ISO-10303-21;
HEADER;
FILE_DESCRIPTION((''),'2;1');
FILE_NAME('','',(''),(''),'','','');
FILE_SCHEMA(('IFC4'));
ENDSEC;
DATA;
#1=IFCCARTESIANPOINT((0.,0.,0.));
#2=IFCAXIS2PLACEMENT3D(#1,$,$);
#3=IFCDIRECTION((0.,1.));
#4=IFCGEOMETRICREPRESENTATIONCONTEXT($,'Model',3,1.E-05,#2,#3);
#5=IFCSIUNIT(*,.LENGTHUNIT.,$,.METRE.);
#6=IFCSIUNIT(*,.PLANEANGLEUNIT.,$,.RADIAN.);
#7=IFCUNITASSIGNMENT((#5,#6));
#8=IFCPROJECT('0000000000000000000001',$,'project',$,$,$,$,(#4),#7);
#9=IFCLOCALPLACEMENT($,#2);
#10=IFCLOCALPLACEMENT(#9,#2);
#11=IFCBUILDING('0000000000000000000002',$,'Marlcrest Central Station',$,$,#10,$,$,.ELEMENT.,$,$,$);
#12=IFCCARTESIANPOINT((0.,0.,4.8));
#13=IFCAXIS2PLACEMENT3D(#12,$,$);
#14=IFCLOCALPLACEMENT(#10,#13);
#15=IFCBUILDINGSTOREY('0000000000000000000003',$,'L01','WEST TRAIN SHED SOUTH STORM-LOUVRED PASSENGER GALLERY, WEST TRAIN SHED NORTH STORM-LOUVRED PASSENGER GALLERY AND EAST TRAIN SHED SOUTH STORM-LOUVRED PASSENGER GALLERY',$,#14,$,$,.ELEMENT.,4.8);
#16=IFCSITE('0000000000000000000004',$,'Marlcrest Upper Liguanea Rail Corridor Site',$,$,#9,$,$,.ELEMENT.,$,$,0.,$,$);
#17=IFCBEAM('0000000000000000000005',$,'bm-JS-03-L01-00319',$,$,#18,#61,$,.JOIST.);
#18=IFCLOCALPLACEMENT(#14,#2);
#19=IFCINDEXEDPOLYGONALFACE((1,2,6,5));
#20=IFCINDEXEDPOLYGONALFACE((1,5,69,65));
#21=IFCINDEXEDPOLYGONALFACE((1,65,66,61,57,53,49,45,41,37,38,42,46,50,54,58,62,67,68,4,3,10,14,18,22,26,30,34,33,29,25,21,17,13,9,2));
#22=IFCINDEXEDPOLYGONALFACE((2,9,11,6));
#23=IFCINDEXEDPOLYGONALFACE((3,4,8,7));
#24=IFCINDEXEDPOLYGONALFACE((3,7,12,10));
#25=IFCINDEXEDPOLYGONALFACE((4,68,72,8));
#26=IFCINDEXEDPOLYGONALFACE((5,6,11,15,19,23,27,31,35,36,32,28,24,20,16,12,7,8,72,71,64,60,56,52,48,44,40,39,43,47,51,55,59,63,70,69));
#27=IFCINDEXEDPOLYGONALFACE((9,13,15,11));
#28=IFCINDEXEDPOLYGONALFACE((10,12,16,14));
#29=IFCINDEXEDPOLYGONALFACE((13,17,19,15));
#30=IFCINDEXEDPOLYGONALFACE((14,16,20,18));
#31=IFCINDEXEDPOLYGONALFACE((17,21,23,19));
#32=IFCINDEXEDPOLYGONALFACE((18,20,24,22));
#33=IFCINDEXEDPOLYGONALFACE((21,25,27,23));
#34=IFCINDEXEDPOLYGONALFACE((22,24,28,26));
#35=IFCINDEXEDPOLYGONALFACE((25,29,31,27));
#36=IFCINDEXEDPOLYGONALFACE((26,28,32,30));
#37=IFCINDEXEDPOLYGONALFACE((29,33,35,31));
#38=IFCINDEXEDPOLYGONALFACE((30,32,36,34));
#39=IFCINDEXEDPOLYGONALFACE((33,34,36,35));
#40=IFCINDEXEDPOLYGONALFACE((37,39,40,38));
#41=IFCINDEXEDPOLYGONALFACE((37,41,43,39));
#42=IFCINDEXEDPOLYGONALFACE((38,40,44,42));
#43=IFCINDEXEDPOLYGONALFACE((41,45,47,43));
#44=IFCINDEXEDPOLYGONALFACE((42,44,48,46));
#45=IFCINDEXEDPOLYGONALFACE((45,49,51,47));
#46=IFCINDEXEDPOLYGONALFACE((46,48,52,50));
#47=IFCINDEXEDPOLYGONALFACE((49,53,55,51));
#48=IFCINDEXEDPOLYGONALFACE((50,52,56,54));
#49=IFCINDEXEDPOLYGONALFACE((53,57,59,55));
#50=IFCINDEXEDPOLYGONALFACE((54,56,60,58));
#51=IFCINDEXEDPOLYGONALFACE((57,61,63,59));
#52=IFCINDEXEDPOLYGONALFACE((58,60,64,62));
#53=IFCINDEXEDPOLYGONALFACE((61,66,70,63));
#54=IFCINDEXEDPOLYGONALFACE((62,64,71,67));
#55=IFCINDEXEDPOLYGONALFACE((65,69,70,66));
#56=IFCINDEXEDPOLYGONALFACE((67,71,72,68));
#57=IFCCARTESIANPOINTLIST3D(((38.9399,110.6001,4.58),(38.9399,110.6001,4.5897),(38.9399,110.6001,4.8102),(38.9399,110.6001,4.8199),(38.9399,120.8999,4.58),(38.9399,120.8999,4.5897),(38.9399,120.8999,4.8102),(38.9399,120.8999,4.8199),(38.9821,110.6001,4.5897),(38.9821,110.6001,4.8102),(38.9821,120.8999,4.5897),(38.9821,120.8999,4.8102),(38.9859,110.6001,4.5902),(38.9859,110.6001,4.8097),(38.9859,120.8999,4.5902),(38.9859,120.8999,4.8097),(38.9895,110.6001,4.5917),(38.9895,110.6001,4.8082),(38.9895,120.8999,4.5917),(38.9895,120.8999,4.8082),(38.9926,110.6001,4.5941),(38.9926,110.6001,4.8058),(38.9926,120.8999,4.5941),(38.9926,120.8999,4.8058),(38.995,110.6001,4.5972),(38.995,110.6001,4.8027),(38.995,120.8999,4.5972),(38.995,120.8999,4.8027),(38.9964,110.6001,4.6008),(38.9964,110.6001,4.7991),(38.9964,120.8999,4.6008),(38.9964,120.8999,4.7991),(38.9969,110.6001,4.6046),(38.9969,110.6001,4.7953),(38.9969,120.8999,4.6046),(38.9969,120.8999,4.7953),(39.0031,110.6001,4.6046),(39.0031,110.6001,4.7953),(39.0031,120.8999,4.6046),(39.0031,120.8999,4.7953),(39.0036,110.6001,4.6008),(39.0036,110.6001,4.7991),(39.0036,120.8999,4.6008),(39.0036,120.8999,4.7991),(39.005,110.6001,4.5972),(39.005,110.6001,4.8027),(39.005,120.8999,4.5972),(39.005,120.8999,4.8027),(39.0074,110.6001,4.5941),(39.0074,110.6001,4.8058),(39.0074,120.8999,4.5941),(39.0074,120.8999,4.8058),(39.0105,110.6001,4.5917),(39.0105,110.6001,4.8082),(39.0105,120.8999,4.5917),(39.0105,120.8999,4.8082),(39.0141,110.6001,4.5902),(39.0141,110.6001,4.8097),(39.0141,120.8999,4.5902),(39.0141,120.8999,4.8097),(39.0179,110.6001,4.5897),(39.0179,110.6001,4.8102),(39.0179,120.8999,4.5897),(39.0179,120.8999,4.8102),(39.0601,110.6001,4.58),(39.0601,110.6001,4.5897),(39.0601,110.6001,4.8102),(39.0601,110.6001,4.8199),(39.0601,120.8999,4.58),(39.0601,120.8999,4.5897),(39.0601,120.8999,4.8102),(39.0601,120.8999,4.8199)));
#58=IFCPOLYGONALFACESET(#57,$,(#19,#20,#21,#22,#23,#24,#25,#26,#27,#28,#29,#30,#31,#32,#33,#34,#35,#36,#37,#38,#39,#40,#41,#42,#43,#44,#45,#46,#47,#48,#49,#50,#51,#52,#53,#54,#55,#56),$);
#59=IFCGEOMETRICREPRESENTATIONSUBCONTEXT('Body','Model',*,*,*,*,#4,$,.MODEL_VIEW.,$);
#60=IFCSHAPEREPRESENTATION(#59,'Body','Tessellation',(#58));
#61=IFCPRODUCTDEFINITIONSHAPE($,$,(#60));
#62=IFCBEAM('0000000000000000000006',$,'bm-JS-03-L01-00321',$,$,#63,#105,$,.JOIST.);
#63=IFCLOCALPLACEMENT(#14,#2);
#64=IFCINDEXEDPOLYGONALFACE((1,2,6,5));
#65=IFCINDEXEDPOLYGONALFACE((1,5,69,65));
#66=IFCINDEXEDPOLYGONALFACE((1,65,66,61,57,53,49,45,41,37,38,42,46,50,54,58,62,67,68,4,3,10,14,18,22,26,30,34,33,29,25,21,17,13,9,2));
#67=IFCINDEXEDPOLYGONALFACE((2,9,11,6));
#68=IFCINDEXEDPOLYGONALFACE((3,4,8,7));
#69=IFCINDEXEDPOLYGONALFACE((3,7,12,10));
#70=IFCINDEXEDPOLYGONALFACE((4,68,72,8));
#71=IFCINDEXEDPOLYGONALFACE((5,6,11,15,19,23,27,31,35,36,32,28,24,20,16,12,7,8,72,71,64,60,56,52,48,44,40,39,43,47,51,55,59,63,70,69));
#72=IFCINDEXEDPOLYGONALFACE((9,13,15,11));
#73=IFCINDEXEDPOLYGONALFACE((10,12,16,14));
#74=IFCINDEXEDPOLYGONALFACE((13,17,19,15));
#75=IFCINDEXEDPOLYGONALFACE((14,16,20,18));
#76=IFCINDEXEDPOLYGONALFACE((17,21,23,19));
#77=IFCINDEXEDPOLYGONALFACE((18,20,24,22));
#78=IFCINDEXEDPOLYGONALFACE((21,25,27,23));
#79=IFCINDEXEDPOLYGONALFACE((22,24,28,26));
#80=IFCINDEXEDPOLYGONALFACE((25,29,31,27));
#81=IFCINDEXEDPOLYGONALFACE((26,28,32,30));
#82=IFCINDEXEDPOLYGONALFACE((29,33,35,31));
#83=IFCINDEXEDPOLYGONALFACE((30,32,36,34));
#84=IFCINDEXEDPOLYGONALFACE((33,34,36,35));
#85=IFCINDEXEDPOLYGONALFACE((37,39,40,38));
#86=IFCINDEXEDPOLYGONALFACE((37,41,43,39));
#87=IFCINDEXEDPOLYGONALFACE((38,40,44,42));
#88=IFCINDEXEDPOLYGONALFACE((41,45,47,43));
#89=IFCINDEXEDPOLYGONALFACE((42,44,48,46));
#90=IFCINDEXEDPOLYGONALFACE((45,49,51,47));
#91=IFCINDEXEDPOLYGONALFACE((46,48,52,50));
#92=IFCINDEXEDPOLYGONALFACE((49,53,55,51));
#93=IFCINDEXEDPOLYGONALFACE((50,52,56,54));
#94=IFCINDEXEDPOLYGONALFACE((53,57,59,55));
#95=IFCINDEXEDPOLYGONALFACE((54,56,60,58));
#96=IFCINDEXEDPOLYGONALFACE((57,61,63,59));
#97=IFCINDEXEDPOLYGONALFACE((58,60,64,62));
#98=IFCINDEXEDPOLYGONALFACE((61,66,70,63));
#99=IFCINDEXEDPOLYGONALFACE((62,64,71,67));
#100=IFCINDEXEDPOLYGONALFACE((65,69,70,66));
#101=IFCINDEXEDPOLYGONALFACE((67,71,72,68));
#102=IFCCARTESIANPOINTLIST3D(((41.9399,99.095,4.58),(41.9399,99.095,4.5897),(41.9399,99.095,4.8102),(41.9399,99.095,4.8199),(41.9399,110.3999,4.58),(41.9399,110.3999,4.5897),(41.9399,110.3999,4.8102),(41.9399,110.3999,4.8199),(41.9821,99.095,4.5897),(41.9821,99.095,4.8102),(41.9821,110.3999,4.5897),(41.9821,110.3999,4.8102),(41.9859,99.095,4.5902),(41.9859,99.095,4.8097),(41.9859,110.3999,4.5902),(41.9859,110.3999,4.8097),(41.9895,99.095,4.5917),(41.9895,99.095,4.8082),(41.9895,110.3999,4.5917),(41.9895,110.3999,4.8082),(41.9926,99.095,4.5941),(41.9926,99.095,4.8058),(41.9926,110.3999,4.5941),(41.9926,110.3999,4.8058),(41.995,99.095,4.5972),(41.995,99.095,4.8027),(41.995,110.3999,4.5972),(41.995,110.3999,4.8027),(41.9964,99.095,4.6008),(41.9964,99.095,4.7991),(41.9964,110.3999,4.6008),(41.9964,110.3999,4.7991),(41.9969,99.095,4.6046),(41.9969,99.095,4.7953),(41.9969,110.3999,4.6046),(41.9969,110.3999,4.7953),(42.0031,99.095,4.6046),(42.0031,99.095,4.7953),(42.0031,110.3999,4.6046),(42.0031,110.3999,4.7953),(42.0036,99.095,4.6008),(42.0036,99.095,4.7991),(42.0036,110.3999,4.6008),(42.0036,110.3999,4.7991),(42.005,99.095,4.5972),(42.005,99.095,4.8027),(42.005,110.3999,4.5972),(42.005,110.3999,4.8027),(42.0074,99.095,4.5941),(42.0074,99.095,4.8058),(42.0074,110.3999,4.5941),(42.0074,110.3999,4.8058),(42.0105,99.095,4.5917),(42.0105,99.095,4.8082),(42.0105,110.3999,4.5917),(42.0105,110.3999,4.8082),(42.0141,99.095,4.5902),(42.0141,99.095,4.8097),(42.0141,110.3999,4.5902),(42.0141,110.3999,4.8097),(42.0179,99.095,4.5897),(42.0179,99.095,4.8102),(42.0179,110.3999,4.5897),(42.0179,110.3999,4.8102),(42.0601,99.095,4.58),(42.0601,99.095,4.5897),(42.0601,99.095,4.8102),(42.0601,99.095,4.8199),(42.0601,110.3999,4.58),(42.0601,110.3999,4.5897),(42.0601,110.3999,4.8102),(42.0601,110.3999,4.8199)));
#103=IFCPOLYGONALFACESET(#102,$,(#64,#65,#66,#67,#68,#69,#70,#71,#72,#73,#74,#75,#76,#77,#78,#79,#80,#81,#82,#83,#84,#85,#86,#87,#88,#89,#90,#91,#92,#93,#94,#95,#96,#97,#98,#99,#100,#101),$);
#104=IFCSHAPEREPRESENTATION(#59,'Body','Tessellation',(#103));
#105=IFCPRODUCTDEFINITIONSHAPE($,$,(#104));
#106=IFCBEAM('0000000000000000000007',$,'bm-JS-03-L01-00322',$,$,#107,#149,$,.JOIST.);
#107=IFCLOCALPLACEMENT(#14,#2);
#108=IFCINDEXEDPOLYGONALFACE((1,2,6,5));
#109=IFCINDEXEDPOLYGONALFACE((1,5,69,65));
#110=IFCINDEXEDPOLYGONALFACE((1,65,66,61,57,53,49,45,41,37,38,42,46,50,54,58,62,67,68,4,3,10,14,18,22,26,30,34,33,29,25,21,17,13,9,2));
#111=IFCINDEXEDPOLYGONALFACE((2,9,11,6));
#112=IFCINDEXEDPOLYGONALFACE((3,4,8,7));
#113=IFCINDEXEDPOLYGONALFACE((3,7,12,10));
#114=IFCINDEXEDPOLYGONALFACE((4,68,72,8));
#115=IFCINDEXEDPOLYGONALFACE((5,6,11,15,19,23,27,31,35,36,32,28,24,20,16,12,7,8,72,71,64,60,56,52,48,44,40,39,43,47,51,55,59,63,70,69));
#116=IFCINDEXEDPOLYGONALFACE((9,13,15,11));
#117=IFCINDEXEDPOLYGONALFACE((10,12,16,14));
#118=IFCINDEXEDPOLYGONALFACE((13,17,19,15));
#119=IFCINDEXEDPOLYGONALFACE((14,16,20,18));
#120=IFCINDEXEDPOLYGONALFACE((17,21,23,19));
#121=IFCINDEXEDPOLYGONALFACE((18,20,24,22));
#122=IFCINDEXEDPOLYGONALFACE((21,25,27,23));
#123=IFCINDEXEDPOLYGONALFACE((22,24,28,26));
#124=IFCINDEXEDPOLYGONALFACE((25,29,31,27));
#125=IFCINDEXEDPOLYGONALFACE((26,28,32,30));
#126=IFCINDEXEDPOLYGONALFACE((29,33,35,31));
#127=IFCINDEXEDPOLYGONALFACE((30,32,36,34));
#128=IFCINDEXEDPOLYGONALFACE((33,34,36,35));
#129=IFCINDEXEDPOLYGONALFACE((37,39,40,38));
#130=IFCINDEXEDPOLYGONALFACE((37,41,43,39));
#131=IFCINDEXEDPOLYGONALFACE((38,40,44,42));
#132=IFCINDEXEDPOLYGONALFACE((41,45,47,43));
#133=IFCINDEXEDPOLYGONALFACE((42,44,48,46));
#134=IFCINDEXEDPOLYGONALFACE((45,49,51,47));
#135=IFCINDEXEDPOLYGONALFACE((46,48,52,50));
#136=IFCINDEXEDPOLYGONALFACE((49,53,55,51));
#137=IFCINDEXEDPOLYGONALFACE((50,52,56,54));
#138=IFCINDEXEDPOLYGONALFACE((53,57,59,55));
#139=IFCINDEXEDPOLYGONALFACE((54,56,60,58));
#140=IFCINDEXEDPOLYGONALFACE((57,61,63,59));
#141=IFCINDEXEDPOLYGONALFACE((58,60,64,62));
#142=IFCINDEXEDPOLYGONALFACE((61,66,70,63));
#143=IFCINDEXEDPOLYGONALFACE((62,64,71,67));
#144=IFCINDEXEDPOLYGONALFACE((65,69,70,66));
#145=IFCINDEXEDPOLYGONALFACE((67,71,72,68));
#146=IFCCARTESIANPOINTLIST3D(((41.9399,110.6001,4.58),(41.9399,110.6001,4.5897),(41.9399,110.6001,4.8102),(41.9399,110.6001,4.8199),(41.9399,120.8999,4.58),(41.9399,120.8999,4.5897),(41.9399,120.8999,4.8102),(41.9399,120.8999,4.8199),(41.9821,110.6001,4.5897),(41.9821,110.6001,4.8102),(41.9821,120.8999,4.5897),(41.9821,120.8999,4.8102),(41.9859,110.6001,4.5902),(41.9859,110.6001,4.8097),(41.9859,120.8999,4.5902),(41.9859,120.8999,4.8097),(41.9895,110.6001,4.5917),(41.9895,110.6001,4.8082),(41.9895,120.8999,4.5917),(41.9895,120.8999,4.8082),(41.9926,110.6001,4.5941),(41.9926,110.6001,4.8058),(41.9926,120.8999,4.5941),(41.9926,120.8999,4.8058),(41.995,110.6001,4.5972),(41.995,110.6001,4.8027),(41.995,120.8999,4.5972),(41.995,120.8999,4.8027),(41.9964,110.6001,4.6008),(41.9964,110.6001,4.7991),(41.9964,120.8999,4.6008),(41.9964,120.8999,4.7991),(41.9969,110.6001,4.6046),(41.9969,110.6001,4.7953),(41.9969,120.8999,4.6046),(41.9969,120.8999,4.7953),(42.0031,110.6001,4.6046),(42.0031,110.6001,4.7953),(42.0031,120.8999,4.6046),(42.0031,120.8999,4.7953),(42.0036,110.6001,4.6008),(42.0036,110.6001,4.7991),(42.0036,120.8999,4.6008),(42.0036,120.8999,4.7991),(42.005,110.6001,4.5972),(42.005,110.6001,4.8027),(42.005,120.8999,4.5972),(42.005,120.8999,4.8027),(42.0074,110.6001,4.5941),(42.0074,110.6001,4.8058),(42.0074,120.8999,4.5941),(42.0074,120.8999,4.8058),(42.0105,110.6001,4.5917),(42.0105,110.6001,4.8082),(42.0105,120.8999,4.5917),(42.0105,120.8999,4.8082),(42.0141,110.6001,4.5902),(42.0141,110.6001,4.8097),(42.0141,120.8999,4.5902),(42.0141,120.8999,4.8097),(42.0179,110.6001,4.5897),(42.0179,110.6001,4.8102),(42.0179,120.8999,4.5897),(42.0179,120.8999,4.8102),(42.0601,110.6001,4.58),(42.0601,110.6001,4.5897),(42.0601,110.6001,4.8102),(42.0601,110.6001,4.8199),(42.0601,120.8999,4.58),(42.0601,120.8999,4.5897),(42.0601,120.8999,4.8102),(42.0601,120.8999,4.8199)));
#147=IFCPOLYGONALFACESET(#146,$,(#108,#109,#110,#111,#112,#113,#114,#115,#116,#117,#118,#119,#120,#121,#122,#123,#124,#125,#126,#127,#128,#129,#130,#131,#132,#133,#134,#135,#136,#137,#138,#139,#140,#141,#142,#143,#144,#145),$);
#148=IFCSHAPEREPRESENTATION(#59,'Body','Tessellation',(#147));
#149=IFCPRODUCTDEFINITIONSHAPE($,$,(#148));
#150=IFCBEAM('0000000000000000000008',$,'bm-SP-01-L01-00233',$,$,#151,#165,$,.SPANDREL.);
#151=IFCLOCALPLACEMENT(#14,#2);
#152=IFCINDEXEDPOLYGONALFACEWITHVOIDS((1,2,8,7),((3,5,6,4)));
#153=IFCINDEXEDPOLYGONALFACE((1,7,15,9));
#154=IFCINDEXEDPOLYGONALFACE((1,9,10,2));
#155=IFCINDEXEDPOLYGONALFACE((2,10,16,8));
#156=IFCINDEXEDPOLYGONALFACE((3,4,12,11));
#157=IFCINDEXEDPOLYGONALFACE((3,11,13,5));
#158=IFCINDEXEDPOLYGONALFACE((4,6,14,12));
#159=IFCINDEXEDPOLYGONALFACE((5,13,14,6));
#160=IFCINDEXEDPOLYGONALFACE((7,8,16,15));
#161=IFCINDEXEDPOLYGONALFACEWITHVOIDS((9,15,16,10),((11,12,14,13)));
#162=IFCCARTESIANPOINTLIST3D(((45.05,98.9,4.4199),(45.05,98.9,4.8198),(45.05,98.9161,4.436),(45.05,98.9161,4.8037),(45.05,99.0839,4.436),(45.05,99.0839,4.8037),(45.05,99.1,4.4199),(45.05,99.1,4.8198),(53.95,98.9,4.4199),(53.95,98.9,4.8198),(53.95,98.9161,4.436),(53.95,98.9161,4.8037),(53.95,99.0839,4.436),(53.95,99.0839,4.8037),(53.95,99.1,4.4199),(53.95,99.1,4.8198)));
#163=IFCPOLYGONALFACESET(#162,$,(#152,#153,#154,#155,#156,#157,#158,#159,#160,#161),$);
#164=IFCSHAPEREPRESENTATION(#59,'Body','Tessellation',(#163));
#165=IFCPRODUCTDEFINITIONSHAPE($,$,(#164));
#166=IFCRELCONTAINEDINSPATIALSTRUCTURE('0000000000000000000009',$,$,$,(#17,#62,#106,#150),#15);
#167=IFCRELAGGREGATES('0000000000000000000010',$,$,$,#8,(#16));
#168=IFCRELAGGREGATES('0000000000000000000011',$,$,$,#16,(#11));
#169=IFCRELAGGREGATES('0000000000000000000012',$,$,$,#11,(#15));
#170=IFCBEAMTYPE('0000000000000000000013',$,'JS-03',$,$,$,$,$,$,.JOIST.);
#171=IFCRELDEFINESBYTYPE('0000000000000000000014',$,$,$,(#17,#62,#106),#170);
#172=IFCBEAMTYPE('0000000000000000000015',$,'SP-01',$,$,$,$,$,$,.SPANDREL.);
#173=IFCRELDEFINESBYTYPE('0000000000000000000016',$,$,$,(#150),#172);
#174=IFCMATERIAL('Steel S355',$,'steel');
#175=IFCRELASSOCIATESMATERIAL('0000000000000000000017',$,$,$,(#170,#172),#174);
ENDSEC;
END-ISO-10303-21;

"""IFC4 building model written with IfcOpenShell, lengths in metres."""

from ifc_helpers import new_model, si_unit, direction, frame, origin, origin_2d, place, context, subcontext, project, spatial, hollow_rectangle, i_section, extrude, material, material_profile, profile_set, type_object, element, save


model = new_model("IFC4")

# Units and contexts
model_context = context("Model", 3, precision=1e-05, world=origin(), true_north=direction((0.0, 1.0)))
body_context = subcontext(model_context, "Body", "Model", "MODEL_VIEW")
ifc_project = project(units=[si_unit("LENGTHUNIT", "METRE"), si_unit("PLANEANGLEUNIT", "RADIAN")], contexts=[model_context])

# Site, building, storey
site_placement = place(None, origin())
site = spatial("IfcSite", under=ifc_project, at=site_placement, Name="Marlcrest Upper Liguanea Rail Corridor Site", CompositionType="ELEMENT", RefElevation=0.0)
building_placement = place(site_placement, origin())
building = spatial("IfcBuilding", under=site, at=building_placement, Name="Marlcrest Central Station", CompositionType="ELEMENT")
storey_placement = place(building_placement, frame((0.0, 0.0, 4.8)))
storey = spatial("IfcBuildingStorey", under=building, at=storey_placement, Name="L01", Description="WEST TRAIN SHED SOUTH STORM-LOUVRED PASSENGER GALLERY, WEST TRAIN SHED NORTH STORM-LOUVRED PASSENGER GALLERY AND EAST TRAIN SHED SOUTH STORM-LOUVRED PASSENGER GALLERY", CompositionType="ELEMENT", Elevation=4.8)

# Shared definitions
ifc_material_1 = material(Name="Steel S355", Category="steel")

# Beams
ifc_material_profile_1 = material_profile(ifc_material_1, i_section(OverallWidth=0.1201, OverallDepth=0.24, WebThickness=0.0061, FlangeThickness=0.0098, FilletRadius=0.0149, at=origin_2d()), Name="IPE 240")
ifc_profile_set_1 = profile_set([ifc_material_profile_1], Name="Steel S355")
beam_type_1 = type_object("IfcBeamType", Name="JS-03", PredefinedType="JOIST", material=ifc_profile_set_1)
beam_1_placement = place(storey_placement, frame((39.0, 110.6001, 4.7), z_axis=(0.0, 1.0, 0.0), x_axis=(-1.0, 0.0, 0.0)))
element("IfcBeam", 1, at=beam_1_placement, inside=storey, type_object=beam_type_1, Name="bm-JS-03-L01-00319", PredefinedType="JOIST", context=body_context, shape_type="SweptSolid", body=[
    extrude(i_section(OverallWidth=0.1201, OverallDepth=0.24, WebThickness=0.0061, FlangeThickness=0.0098, FilletRadius=0.0149, at=origin_2d()), origin(), (0.0, 0.0, 1.0), 10.2998),
])
beam_2_placement = place(storey_placement, frame((42.0, 99.095, 4.7), z_axis=(0.0, 1.0, 0.0), x_axis=(-1.0, 0.0, 0.0)))
element("IfcBeam", 2, at=beam_2_placement, inside=storey, type_object=beam_type_1, Name="bm-JS-03-L01-00321", PredefinedType="JOIST", context=body_context, shape_type="SweptSolid", body=[
    extrude(i_section(OverallWidth=0.1201, OverallDepth=0.24, WebThickness=0.0061, FlangeThickness=0.0098, FilletRadius=0.0149, at=origin_2d()), origin(), (0.0, 0.0, 1.0), 11.3049),
])
beam_3_placement = place(storey_placement, frame((42.0, 110.6001, 4.7), z_axis=(0.0, 1.0, 0.0), x_axis=(-1.0, 0.0, 0.0)))
element("IfcBeam", 3, at=beam_3_placement, inside=storey, type_object=beam_type_1, Name="bm-JS-03-L01-00322", PredefinedType="JOIST", context=body_context, shape_type="SweptSolid", body=[
    extrude(i_section(OverallWidth=0.1201, OverallDepth=0.24, WebThickness=0.0061, FlangeThickness=0.0098, FilletRadius=0.0149, at=origin_2d()), origin(), (0.0, 0.0, 1.0), 10.2998),
])
ifc_material_profile_2 = material_profile(ifc_material_1, hollow_rectangle(XDim=0.2, YDim=0.3999, WallThickness=0.0161, at=origin_2d()), Name="RHS 400x200x16")
ifc_profile_set_2 = profile_set([ifc_material_profile_2], Name="Steel S355")
beam_type_2 = type_object("IfcBeamType", Name="SP-01", PredefinedType="SPANDREL", material=ifc_profile_set_2)
beam_4_placement = place(storey_placement, frame((45.05, 99.0, 4.6199), z_axis=(1.0, 0.0, 0.0), x_axis=(0.0, 1.0, 0.0)))
element("IfcBeam", 4, at=beam_4_placement, inside=storey, type_object=beam_type_2, Name="bm-SP-01-L01-00233", PredefinedType="SPANDREL", context=body_context, shape_type="SweptSolid", body=[
    extrude(hollow_rectangle(XDim=0.2, YDim=0.3999, WallThickness=0.0161, at=origin_2d()), origin(), (0.0, 0.0, 1.0), 8.8999),
])

save(model, "model.ifc")
